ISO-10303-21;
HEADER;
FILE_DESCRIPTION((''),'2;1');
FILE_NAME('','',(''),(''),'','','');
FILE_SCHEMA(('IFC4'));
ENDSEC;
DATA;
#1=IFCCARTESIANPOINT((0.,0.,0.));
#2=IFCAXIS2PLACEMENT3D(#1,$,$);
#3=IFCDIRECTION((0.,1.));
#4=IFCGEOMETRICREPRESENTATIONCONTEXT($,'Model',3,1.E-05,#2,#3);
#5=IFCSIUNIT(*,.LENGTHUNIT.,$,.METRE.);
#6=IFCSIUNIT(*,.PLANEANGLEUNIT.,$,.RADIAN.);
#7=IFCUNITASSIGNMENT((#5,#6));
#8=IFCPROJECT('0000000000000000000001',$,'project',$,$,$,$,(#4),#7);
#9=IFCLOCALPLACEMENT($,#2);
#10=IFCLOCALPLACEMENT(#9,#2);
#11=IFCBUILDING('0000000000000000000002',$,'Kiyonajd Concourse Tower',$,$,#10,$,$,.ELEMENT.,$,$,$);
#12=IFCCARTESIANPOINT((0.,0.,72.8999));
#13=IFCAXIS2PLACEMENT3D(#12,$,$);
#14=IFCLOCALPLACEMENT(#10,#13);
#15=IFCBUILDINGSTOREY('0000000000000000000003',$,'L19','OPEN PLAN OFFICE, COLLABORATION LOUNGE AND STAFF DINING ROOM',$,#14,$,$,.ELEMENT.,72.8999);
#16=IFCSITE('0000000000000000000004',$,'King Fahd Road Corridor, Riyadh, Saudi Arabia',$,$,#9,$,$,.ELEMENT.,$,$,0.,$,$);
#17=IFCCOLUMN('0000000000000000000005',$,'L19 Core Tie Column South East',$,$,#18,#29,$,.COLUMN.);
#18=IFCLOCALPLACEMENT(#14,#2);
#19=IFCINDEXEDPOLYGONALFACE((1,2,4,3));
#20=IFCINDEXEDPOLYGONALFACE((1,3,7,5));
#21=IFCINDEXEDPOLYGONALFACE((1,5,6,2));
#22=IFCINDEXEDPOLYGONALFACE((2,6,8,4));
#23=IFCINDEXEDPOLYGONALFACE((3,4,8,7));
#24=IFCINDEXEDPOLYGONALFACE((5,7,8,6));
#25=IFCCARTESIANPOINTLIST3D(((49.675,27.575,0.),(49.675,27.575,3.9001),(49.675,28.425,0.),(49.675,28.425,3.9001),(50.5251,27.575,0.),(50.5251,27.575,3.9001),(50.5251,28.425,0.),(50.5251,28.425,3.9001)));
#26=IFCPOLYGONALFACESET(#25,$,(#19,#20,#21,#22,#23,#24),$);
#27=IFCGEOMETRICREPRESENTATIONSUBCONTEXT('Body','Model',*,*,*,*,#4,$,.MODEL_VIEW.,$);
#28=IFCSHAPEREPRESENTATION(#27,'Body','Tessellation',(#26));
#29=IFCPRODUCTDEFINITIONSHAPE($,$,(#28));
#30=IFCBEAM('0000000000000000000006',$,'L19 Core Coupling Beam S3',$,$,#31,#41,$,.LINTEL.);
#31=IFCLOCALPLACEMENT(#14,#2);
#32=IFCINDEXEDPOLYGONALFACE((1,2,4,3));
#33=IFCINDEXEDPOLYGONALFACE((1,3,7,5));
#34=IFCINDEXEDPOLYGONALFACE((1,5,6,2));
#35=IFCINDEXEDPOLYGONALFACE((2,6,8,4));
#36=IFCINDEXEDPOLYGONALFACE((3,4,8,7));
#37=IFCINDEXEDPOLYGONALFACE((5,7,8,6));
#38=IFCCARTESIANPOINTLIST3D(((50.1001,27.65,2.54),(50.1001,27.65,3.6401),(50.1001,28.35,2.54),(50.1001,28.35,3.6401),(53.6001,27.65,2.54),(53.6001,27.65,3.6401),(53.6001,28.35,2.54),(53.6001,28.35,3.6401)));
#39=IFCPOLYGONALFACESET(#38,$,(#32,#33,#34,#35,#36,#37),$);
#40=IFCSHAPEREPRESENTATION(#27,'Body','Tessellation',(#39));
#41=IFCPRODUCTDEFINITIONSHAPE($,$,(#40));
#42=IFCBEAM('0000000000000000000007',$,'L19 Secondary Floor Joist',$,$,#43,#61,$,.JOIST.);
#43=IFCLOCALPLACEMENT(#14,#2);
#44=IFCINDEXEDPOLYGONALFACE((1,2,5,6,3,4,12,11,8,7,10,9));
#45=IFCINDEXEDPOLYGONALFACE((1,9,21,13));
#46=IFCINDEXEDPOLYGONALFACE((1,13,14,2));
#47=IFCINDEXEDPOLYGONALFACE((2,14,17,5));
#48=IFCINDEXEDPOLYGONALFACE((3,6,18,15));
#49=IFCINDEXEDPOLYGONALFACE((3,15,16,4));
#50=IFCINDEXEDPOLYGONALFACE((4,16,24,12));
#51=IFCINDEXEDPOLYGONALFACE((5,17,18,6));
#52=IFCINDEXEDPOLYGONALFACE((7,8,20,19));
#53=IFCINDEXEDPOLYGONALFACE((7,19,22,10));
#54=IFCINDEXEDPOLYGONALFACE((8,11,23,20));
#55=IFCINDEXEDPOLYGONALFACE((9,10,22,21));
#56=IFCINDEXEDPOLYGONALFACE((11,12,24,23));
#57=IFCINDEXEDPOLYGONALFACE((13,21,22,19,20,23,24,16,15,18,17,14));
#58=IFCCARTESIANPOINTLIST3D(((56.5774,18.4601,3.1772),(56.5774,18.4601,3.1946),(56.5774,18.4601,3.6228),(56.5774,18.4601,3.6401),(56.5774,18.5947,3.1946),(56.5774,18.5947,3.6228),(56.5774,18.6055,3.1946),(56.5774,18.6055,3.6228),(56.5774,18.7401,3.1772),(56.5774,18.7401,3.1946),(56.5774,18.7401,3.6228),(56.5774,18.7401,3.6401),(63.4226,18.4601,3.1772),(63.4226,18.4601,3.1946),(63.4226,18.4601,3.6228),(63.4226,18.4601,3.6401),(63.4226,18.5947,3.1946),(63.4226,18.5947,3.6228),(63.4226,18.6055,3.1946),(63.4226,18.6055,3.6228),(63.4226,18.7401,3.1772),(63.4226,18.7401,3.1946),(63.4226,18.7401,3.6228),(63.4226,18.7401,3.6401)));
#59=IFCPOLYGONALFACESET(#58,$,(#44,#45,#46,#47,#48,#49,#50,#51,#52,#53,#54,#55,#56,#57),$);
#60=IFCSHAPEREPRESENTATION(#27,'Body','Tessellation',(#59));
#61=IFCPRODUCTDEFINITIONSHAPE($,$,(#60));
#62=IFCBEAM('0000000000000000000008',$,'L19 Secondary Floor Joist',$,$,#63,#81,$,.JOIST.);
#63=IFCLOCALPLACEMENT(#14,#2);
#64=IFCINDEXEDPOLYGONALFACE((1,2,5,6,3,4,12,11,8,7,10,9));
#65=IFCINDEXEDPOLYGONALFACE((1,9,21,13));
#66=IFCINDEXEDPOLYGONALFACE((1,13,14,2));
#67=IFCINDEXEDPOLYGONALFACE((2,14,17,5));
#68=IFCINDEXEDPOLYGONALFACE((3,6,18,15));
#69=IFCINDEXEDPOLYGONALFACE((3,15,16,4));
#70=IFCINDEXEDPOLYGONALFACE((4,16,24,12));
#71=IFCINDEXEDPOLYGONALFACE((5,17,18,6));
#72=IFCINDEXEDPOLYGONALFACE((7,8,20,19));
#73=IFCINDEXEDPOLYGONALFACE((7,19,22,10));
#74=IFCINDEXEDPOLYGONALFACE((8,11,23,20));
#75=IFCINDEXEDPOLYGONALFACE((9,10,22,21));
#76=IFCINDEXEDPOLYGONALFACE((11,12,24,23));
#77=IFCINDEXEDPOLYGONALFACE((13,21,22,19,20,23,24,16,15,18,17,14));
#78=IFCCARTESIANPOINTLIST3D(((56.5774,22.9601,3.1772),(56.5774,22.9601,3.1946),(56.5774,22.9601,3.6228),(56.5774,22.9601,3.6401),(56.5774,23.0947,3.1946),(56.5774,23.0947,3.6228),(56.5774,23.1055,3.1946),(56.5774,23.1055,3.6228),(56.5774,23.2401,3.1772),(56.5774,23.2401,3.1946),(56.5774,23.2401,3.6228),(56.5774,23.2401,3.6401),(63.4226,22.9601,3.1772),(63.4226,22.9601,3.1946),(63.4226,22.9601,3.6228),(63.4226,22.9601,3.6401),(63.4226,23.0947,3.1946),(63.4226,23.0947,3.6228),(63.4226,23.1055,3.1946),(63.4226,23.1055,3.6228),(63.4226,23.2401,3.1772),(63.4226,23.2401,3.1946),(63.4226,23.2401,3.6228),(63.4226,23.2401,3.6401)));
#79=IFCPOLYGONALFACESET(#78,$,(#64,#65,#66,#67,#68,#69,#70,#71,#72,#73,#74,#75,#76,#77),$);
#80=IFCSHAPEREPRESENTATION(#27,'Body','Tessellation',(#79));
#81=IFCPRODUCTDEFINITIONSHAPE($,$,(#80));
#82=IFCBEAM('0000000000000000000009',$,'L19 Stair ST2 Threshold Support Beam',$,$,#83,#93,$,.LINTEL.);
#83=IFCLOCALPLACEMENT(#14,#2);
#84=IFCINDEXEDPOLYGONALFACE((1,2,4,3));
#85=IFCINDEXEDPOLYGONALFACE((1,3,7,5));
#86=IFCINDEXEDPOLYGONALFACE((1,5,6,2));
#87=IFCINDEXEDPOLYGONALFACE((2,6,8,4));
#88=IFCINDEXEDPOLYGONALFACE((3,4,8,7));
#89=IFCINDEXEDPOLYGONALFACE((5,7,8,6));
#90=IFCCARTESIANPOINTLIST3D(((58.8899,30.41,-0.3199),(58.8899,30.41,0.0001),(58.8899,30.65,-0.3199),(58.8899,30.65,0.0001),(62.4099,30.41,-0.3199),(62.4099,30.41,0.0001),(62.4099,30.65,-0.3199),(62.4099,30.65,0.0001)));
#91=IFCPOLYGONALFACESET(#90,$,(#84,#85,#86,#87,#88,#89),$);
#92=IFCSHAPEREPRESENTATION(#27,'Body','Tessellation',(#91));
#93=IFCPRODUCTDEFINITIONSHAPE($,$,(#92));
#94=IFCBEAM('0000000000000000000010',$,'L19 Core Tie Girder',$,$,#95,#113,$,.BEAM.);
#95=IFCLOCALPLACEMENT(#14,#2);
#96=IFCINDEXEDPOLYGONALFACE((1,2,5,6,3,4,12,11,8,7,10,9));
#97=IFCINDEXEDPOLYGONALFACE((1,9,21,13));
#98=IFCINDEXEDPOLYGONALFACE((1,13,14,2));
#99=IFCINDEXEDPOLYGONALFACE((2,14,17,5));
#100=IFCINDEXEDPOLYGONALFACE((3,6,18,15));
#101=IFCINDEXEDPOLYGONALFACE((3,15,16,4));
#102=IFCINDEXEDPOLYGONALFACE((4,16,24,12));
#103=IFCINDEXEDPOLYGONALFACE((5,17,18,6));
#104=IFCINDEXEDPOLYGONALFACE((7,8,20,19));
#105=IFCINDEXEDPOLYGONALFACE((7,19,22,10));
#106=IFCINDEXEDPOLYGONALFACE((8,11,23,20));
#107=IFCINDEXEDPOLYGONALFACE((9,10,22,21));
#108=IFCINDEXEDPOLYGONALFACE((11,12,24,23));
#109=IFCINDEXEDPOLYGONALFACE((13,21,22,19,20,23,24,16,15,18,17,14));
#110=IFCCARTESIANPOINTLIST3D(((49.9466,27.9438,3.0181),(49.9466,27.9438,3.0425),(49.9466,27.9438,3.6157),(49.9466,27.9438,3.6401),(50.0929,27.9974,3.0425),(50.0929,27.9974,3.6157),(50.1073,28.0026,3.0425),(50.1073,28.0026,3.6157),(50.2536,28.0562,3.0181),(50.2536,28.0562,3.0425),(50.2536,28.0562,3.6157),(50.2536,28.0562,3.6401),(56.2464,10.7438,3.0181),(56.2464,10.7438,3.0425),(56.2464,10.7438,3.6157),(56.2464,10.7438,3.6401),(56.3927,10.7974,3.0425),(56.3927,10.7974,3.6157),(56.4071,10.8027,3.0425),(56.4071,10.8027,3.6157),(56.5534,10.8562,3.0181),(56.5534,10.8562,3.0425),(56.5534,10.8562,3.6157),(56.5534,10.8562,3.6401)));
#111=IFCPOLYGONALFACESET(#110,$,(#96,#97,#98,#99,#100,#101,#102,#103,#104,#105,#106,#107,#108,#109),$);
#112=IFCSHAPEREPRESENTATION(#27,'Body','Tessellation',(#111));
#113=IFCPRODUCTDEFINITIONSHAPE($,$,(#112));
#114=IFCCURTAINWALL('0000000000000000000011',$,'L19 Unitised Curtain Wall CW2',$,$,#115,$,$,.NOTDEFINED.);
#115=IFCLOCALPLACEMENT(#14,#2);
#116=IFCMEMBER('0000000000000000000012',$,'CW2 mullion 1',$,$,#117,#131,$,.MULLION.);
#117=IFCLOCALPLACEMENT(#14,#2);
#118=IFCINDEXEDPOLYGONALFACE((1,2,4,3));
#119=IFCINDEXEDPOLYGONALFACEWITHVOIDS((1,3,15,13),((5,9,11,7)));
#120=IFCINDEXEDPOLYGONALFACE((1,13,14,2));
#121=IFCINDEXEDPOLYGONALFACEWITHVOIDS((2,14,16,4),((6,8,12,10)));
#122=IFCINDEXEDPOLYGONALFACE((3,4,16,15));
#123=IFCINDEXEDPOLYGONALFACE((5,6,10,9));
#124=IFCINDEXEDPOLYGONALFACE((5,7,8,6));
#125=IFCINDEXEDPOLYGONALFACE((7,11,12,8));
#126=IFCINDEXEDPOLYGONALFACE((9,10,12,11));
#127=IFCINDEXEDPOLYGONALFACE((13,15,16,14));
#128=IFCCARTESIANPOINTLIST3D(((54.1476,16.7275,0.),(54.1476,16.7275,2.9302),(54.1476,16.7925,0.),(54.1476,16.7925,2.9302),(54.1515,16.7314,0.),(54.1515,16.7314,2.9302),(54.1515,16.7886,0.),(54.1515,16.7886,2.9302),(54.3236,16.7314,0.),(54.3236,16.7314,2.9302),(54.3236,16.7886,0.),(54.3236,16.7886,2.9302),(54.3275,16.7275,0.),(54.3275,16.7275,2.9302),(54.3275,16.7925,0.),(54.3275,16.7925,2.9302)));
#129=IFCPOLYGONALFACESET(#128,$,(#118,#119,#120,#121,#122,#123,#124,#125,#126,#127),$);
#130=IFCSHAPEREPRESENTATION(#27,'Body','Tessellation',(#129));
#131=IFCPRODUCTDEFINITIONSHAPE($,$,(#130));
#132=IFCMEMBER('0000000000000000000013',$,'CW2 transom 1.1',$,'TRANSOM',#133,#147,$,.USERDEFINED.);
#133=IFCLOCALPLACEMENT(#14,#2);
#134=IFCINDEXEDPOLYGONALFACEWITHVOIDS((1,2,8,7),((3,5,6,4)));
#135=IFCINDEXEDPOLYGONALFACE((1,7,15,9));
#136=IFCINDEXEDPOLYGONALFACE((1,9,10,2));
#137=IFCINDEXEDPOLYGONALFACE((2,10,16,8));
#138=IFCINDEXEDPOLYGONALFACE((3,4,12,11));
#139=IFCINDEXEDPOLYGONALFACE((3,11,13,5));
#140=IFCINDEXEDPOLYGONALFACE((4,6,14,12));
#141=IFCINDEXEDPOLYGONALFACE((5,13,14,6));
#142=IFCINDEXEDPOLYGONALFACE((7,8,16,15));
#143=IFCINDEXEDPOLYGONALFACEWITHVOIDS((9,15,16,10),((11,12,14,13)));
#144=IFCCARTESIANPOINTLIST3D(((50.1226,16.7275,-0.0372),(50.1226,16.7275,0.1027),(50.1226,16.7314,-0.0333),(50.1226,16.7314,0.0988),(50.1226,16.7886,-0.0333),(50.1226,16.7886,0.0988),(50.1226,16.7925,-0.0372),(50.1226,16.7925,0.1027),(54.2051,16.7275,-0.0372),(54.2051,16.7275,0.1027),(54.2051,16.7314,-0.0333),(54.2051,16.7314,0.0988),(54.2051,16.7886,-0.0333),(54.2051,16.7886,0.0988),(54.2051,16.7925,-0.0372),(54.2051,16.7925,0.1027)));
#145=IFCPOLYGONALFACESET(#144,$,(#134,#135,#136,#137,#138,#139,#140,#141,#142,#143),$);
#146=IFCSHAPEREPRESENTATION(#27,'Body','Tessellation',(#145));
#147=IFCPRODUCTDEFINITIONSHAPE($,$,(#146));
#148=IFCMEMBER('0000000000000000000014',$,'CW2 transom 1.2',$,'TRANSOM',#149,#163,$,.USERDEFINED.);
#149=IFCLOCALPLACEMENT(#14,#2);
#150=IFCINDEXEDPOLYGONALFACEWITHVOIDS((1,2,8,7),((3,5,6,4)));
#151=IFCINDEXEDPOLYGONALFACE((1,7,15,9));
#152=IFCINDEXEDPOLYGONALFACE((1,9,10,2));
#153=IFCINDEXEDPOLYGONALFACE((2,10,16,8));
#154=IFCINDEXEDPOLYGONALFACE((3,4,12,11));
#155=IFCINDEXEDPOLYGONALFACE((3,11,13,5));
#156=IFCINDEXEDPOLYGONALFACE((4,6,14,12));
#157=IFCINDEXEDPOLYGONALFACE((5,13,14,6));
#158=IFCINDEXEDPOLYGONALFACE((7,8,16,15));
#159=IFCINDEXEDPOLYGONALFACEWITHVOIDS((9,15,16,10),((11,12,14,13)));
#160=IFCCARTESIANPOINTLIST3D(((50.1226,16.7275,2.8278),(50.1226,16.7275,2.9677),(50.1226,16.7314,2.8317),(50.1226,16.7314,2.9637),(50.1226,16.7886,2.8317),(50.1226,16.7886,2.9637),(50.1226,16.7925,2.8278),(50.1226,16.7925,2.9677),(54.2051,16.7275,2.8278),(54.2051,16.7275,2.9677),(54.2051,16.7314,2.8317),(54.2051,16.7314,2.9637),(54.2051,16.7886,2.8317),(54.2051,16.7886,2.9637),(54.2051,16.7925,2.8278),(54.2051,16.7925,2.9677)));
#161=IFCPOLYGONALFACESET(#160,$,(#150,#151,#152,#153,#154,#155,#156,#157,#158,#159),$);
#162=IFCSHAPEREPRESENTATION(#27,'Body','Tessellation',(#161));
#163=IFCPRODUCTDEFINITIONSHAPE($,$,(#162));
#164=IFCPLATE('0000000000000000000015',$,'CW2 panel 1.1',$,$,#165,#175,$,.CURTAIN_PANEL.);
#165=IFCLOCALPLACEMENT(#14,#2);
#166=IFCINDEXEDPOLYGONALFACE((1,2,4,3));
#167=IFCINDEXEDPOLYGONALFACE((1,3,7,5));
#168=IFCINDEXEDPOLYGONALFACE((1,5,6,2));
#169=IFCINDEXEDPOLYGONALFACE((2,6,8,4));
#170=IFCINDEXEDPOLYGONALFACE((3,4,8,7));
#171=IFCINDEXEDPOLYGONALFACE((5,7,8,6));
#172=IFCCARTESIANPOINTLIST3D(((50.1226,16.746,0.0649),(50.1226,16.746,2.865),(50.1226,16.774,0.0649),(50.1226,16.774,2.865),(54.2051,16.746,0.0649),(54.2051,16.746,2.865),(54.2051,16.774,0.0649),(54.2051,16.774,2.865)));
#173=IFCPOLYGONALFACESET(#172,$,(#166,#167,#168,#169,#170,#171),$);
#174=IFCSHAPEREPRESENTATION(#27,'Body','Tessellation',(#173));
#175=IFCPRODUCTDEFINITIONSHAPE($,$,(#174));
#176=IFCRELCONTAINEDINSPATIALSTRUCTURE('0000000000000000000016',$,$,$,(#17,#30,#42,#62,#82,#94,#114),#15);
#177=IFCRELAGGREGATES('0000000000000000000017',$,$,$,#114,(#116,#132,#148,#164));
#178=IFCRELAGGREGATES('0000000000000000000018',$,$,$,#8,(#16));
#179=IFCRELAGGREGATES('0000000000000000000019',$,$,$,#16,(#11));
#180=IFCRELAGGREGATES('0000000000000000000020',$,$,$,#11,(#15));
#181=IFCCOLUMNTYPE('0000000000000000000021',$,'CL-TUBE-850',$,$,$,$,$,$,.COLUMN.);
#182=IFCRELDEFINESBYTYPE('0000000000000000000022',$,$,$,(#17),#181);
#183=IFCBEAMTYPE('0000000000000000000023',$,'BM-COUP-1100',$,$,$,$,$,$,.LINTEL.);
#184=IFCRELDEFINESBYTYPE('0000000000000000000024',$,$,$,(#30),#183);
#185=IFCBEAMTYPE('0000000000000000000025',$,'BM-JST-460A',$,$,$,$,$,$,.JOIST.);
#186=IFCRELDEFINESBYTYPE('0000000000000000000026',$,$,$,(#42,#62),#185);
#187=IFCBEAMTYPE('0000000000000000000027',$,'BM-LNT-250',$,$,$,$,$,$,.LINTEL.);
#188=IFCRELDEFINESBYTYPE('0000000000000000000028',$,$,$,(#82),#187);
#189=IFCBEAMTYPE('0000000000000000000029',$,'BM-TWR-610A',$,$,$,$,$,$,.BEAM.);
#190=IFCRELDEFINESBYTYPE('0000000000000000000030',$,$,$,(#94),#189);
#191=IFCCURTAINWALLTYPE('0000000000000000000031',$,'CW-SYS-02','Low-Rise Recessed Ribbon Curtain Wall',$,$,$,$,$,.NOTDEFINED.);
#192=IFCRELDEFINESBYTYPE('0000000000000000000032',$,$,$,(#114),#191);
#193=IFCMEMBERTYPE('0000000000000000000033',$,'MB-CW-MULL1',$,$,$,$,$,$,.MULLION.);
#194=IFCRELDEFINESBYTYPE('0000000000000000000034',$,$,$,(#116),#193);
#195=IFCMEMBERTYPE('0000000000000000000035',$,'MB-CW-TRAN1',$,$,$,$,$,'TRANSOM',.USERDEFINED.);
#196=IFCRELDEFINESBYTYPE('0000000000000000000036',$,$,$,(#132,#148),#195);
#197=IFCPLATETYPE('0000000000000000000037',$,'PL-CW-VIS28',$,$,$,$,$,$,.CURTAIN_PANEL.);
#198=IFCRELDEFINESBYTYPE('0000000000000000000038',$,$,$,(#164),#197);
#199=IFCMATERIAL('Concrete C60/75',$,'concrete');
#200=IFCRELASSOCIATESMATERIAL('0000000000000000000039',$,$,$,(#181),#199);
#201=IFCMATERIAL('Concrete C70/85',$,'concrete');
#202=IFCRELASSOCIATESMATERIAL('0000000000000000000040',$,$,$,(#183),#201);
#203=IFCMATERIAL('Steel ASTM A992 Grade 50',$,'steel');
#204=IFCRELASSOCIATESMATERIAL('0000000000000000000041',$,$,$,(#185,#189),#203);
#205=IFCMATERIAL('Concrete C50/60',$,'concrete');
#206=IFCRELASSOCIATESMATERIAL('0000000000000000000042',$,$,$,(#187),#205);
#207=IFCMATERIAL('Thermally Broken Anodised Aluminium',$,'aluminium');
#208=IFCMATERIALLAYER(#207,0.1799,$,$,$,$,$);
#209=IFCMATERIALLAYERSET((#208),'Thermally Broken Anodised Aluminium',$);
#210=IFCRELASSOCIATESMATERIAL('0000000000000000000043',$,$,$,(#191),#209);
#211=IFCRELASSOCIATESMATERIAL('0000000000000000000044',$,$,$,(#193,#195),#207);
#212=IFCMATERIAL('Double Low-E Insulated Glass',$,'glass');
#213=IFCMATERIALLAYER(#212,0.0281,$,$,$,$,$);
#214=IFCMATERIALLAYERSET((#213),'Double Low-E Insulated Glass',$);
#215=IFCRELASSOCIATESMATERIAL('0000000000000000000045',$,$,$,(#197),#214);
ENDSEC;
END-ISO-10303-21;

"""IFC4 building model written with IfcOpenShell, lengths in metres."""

from ifc_helpers import new_model, si_unit, direction, frame, origin, origin_2d, place, context, subcontext, project, spatial, rectangle, hollow_rectangle, i_section, extrude, material, layer, layer_set, material_profile, profile_set, type_object, element, aggregate, save


model = new_model("IFC4")

# Units and contexts
model_context = context("Model", 3, precision=1e-05, world=origin(), true_north=direction((0.0, 1.0)))
body_context = subcontext(model_context, "Body", "Model", "MODEL_VIEW")
ifc_project = project(units=[si_unit("LENGTHUNIT", "METRE"), si_unit("PLANEANGLEUNIT", "RADIAN")], contexts=[model_context])

# Site, building, storey
site_placement = place(None, origin())
site = spatial("IfcSite", under=ifc_project, at=site_placement, Name="King Fahd Road Corridor, Riyadh, Saudi Arabia", CompositionType="ELEMENT", RefElevation=0.0)
building_placement = place(site_placement, origin())
building = spatial("IfcBuilding", under=site, at=building_placement, Name="Kiyonajd Concourse Tower", CompositionType="ELEMENT")
storey_placement = place(building_placement, frame((0.0, 0.0, 72.8999)))
storey = spatial("IfcBuildingStorey", under=building, at=storey_placement, Name="L19", Description="OPEN PLAN OFFICE, COLLABORATION LOUNGE AND STAFF DINING ROOM", CompositionType="ELEMENT", Elevation=72.8999)

# Column
ifc_material_1 = material(Name="Concrete C60/75", Category="concrete")
ifc_material_profile_1 = material_profile(ifc_material_1, rectangle(XDim=0.8501, YDim=0.8501, at=origin_2d()), Name="RC-850x850")
ifc_profile_set_1 = profile_set([ifc_material_profile_1], Name="Concrete C60/75")
column_type = type_object("IfcColumnType", Name="CL-TUBE-850", PredefinedType="COLUMN", material=ifc_profile_set_1)
column_placement = place(storey_placement, frame((50.1001, 28.0, 0.0), z_axis=(0.0, 0.0, 1.0), x_axis=(1.0, 0.0, 0.0)))
element("IfcColumn", 1, at=column_placement, inside=storey, type_object=column_type, Name="L19 Core Tie Column South East", PredefinedType="COLUMN", context=body_context, shape_type="SweptSolid", body=[
    extrude(rectangle(XDim=0.8501, YDim=0.8501, at=origin_2d()), origin(), (0.0, 0.0, 1.0), 3.9001),
])

# Beams
ifc_material_2 = material(Name="Concrete C70/85", Category="concrete")
ifc_material_profile_2 = material_profile(ifc_material_2, rectangle(XDim=0.7, YDim=1.1001, at=origin_2d()), Name="RCBM-700x1100")
ifc_profile_set_2 = profile_set([ifc_material_profile_2], Name="Concrete C70/85")
beam_type_1 = type_object("IfcBeamType", Name="BM-COUP-1100", PredefinedType="LINTEL", material=ifc_profile_set_2)
beam_1_placement = place(storey_placement, frame((50.1001, 28.0, 3.0901), z_axis=(1.0, 0.0, 0.0), x_axis=(0.0, 1.0, 0.0)))
element("IfcBeam", 2, at=beam_1_placement, inside=storey, type_object=beam_type_1, Name="L19 Core Coupling Beam S3", PredefinedType="LINTEL", context=body_context, shape_type="SweptSolid", body=[
    extrude(rectangle(XDim=0.7, YDim=1.1001, at=origin_2d()), origin(), (0.0, 0.0, 1.0), 3.5),
])
ifc_material_3 = material(Name="Steel ASTM A992 Grade 50", Category="steel")
ifc_material_profile_3 = material_profile(ifc_material_3, i_section(OverallWidth=0.28, OverallDepth=0.4629, WebThickness=0.0107, FlangeThickness=0.0173, at=origin_2d()), Name="W460X113")
ifc_profile_set_3 = profile_set([ifc_material_profile_3], Name="Steel ASTM A992 Grade 50")
beam_type_2 = type_object("IfcBeamType", Name="BM-JST-460A", PredefinedType="JOIST", material=ifc_profile_set_3)
for number, where, z_axis, x_axis, name in (
    (3, (56.5774, 18.6001, 3.4087), (1.0, 0.0, 0.0), (0.0, 1.0, 0.0), "L19 Secondary Floor Joist"),
    (4, (56.5774, 23.1001, 3.4087), (1.0, 0.0, 0.0), (0.0, 1.0, 0.0), "L19 Secondary Floor Joist"),
):
    element("IfcBeam", number, at=place(storey_placement, frame(where, z_axis=z_axis, x_axis=x_axis)), inside=storey, type_object=beam_type_2, Name=name, PredefinedType="JOIST", context=body_context, shape_type="SweptSolid", body=[
        extrude(i_section(OverallWidth=0.28, OverallDepth=0.4629, WebThickness=0.0107, FlangeThickness=0.0173, at=origin_2d()), origin(), (0.0, 0.0, 1.0), 6.8452),
    ])
ifc_material_4 = material(Name="Concrete C50/60", Category="concrete")
ifc_material_profile_4 = material_profile(ifc_material_4, rectangle(XDim=0.24, YDim=0.3201, at=origin_2d()), Name="RCBM-240x320")
ifc_profile_set_4 = profile_set([ifc_material_profile_4], Name="Concrete C50/60")
beam_type_3 = type_object("IfcBeamType", Name="BM-LNT-250", PredefinedType="LINTEL", material=ifc_profile_set_4)
beam_2_placement = place(storey_placement, frame((58.8899, 30.53, -0.1599), z_axis=(1.0, 0.0, 0.0), x_axis=(0.0, 1.0, 0.0)))
element("IfcBeam", 5, at=beam_2_placement, inside=storey, type_object=beam_type_3, Name="L19 Stair ST2 Threshold Support Beam", PredefinedType="LINTEL", context=body_context, shape_type="SweptSolid", body=[
    extrude(rectangle(XDim=0.24, YDim=0.3201, at=origin_2d()), origin(), (0.0, 0.0, 1.0), 3.52),
])
ifc_material_profile_5 = material_profile(ifc_material_3, i_section(OverallWidth=0.3269, OverallDepth=0.6221, WebThickness=0.0154, FlangeThickness=0.0244, at=origin_2d()), Name="W610X195")
ifc_profile_set_5 = profile_set([ifc_material_profile_5], Name="Steel ASTM A992 Grade 50")
beam_type_4 = type_object("IfcBeamType", Name="BM-TWR-610A", PredefinedType="BEAM", material=ifc_profile_set_5)
beam_3_placement = place(storey_placement, frame((50.1001, 28.0, 3.3291), z_axis=(0.343925, -0.938997, 0.0), x_axis=(0.938997, 0.343925, 0.0)))
element("IfcBeam", 6, at=beam_3_placement, inside=storey, type_object=beam_type_4, Name="L19 Core Tie Girder", PredefinedType="BEAM", context=body_context, shape_type="SweptSolid", body=[
    extrude(i_section(OverallWidth=0.3269, OverallDepth=0.6221, WebThickness=0.0154, FlangeThickness=0.0244, at=origin_2d()), origin(), (0.0, 0.0, 1.0), 18.3174),
])

# Curtain wall, members, plate
ifc_material_5 = material(Name="Thermally Broken Anodised Aluminium", Category="aluminium")
ifc_layer_1 = layer(ifc_material_5, 0.1799)
ifc_layer_set_1 = layer_set([ifc_layer_1], Name="Thermally Broken Anodised Aluminium")
curtain_wall_type = type_object("IfcCurtainWallType", Name="CW-SYS-02", Description="Low-Rise Recessed Ribbon Curtain Wall", PredefinedType="NOTDEFINED", material=ifc_layer_set_1)
curtain_wall_placement = place(storey_placement, origin())
curtain_wall = element("IfcCurtainWall", 7, at=curtain_wall_placement, inside=storey, type_object=curtain_wall_type, Name="L19 Unitised Curtain Wall CW2", PredefinedType="NOTDEFINED")
ifc_material_profile_6 = material_profile(ifc_material_5, hollow_rectangle(XDim=0.0649, YDim=0.1799, WallThickness=0.0039, at=origin_2d()), Name="MULL-65x180")
ifc_profile_set_6 = profile_set([ifc_material_profile_6], Name="Thermally Broken Anodised Aluminium")
member_type_1 = type_object("IfcMemberType", Name="MB-CW-MULL1", PredefinedType="MULLION", material=ifc_profile_set_6)
member_1_placement = place(storey_placement, frame((54.2375, 16.76, 0.0), z_axis=(0.0, 0.0, 1.0), x_axis=(0.0, -1.0, 0.0)))
member_1 = element("IfcMember", 8, at=member_1_placement, type_object=member_type_1, Name="CW2 mullion 1", PredefinedType="MULLION", context=body_context, shape_type="SweptSolid", body=[
    extrude(hollow_rectangle(XDim=0.0649, YDim=0.1799, WallThickness=0.0039, at=origin_2d()), origin(), (0.0, 0.0, 1.0), 2.9302),
])
ifc_material_profile_7 = material_profile(ifc_material_5, hollow_rectangle(XDim=0.0649, YDim=0.1399, WallThickness=0.0039, at=origin_2d()), Name="TRAN-65x140")
ifc_profile_set_7 = profile_set([ifc_material_profile_7], Name="Thermally Broken Anodised Aluminium")
member_type_2 = type_object("IfcMemberType", Name="MB-CW-TRAN1", ElementType="TRANSOM", PredefinedType="USERDEFINED", material=ifc_profile_set_7)
member_2_placement = place(storey_placement, frame((54.2051, 16.76, 0.0327), z_axis=(-1.0, 0.0, 0.0), x_axis=(0.0, -1.0, 0.0)))
member_2 = element("IfcMember", 9, at=member_2_placement, type_object=member_type_2, Name="CW2 transom 1.1", ObjectType="TRANSOM", PredefinedType="USERDEFINED", context=body_context, shape_type="SweptSolid", body=[
    extrude(hollow_rectangle(XDim=0.0649, YDim=0.1399, WallThickness=0.0039, at=origin_2d()), origin(), (0.0, 0.0, 1.0), 4.0825),
])
member_3_placement = place(storey_placement, frame((54.2051, 16.76, 2.8977), z_axis=(-1.0, 0.0, 0.0), x_axis=(0.0, -1.0, 0.0)))
member_3 = element("IfcMember", 10, at=member_3_placement, type_object=member_type_2, Name="CW2 transom 1.2", ObjectType="TRANSOM", PredefinedType="USERDEFINED", context=body_context, shape_type="SweptSolid", body=[
    extrude(hollow_rectangle(XDim=0.0649, YDim=0.1399, WallThickness=0.0039, at=origin_2d()), origin(), (0.0, 0.0, 1.0), 4.0825),
])
ifc_material_6 = material(Name="Double Low-E Insulated Glass", Category="glass")
ifc_layer_2 = layer(ifc_material_6, 0.0281)
ifc_layer_set_2 = layer_set([ifc_layer_2], Name="Double Low-E Insulated Glass")
plate_type_1 = type_object("IfcPlateType", Name="PL-CW-VIS28", PredefinedType="CURTAIN_PANEL", material=ifc_layer_set_2)
plate_1_placement = place(storey_placement, frame((52.1638, 16.76, 0.0649), z_axis=(0.0, 0.0, 1.0), x_axis=(-1.0, 0.0, 0.0)))
plate_1 = element("IfcPlate", 11, at=plate_1_placement, type_object=plate_type_1, Name="CW2 panel 1.1", PredefinedType="CURTAIN_PANEL", context=body_context, shape_type="SweptSolid", body=[
    extrude(rectangle(XDim=4.0825, YDim=0.0281, at=origin_2d()), origin(), (0.0, 0.0, 1.0), 2.8),
])
aggregate(curtain_wall, [member_1, member_2, member_3, plate_1])

save(model, "model.ifc")
